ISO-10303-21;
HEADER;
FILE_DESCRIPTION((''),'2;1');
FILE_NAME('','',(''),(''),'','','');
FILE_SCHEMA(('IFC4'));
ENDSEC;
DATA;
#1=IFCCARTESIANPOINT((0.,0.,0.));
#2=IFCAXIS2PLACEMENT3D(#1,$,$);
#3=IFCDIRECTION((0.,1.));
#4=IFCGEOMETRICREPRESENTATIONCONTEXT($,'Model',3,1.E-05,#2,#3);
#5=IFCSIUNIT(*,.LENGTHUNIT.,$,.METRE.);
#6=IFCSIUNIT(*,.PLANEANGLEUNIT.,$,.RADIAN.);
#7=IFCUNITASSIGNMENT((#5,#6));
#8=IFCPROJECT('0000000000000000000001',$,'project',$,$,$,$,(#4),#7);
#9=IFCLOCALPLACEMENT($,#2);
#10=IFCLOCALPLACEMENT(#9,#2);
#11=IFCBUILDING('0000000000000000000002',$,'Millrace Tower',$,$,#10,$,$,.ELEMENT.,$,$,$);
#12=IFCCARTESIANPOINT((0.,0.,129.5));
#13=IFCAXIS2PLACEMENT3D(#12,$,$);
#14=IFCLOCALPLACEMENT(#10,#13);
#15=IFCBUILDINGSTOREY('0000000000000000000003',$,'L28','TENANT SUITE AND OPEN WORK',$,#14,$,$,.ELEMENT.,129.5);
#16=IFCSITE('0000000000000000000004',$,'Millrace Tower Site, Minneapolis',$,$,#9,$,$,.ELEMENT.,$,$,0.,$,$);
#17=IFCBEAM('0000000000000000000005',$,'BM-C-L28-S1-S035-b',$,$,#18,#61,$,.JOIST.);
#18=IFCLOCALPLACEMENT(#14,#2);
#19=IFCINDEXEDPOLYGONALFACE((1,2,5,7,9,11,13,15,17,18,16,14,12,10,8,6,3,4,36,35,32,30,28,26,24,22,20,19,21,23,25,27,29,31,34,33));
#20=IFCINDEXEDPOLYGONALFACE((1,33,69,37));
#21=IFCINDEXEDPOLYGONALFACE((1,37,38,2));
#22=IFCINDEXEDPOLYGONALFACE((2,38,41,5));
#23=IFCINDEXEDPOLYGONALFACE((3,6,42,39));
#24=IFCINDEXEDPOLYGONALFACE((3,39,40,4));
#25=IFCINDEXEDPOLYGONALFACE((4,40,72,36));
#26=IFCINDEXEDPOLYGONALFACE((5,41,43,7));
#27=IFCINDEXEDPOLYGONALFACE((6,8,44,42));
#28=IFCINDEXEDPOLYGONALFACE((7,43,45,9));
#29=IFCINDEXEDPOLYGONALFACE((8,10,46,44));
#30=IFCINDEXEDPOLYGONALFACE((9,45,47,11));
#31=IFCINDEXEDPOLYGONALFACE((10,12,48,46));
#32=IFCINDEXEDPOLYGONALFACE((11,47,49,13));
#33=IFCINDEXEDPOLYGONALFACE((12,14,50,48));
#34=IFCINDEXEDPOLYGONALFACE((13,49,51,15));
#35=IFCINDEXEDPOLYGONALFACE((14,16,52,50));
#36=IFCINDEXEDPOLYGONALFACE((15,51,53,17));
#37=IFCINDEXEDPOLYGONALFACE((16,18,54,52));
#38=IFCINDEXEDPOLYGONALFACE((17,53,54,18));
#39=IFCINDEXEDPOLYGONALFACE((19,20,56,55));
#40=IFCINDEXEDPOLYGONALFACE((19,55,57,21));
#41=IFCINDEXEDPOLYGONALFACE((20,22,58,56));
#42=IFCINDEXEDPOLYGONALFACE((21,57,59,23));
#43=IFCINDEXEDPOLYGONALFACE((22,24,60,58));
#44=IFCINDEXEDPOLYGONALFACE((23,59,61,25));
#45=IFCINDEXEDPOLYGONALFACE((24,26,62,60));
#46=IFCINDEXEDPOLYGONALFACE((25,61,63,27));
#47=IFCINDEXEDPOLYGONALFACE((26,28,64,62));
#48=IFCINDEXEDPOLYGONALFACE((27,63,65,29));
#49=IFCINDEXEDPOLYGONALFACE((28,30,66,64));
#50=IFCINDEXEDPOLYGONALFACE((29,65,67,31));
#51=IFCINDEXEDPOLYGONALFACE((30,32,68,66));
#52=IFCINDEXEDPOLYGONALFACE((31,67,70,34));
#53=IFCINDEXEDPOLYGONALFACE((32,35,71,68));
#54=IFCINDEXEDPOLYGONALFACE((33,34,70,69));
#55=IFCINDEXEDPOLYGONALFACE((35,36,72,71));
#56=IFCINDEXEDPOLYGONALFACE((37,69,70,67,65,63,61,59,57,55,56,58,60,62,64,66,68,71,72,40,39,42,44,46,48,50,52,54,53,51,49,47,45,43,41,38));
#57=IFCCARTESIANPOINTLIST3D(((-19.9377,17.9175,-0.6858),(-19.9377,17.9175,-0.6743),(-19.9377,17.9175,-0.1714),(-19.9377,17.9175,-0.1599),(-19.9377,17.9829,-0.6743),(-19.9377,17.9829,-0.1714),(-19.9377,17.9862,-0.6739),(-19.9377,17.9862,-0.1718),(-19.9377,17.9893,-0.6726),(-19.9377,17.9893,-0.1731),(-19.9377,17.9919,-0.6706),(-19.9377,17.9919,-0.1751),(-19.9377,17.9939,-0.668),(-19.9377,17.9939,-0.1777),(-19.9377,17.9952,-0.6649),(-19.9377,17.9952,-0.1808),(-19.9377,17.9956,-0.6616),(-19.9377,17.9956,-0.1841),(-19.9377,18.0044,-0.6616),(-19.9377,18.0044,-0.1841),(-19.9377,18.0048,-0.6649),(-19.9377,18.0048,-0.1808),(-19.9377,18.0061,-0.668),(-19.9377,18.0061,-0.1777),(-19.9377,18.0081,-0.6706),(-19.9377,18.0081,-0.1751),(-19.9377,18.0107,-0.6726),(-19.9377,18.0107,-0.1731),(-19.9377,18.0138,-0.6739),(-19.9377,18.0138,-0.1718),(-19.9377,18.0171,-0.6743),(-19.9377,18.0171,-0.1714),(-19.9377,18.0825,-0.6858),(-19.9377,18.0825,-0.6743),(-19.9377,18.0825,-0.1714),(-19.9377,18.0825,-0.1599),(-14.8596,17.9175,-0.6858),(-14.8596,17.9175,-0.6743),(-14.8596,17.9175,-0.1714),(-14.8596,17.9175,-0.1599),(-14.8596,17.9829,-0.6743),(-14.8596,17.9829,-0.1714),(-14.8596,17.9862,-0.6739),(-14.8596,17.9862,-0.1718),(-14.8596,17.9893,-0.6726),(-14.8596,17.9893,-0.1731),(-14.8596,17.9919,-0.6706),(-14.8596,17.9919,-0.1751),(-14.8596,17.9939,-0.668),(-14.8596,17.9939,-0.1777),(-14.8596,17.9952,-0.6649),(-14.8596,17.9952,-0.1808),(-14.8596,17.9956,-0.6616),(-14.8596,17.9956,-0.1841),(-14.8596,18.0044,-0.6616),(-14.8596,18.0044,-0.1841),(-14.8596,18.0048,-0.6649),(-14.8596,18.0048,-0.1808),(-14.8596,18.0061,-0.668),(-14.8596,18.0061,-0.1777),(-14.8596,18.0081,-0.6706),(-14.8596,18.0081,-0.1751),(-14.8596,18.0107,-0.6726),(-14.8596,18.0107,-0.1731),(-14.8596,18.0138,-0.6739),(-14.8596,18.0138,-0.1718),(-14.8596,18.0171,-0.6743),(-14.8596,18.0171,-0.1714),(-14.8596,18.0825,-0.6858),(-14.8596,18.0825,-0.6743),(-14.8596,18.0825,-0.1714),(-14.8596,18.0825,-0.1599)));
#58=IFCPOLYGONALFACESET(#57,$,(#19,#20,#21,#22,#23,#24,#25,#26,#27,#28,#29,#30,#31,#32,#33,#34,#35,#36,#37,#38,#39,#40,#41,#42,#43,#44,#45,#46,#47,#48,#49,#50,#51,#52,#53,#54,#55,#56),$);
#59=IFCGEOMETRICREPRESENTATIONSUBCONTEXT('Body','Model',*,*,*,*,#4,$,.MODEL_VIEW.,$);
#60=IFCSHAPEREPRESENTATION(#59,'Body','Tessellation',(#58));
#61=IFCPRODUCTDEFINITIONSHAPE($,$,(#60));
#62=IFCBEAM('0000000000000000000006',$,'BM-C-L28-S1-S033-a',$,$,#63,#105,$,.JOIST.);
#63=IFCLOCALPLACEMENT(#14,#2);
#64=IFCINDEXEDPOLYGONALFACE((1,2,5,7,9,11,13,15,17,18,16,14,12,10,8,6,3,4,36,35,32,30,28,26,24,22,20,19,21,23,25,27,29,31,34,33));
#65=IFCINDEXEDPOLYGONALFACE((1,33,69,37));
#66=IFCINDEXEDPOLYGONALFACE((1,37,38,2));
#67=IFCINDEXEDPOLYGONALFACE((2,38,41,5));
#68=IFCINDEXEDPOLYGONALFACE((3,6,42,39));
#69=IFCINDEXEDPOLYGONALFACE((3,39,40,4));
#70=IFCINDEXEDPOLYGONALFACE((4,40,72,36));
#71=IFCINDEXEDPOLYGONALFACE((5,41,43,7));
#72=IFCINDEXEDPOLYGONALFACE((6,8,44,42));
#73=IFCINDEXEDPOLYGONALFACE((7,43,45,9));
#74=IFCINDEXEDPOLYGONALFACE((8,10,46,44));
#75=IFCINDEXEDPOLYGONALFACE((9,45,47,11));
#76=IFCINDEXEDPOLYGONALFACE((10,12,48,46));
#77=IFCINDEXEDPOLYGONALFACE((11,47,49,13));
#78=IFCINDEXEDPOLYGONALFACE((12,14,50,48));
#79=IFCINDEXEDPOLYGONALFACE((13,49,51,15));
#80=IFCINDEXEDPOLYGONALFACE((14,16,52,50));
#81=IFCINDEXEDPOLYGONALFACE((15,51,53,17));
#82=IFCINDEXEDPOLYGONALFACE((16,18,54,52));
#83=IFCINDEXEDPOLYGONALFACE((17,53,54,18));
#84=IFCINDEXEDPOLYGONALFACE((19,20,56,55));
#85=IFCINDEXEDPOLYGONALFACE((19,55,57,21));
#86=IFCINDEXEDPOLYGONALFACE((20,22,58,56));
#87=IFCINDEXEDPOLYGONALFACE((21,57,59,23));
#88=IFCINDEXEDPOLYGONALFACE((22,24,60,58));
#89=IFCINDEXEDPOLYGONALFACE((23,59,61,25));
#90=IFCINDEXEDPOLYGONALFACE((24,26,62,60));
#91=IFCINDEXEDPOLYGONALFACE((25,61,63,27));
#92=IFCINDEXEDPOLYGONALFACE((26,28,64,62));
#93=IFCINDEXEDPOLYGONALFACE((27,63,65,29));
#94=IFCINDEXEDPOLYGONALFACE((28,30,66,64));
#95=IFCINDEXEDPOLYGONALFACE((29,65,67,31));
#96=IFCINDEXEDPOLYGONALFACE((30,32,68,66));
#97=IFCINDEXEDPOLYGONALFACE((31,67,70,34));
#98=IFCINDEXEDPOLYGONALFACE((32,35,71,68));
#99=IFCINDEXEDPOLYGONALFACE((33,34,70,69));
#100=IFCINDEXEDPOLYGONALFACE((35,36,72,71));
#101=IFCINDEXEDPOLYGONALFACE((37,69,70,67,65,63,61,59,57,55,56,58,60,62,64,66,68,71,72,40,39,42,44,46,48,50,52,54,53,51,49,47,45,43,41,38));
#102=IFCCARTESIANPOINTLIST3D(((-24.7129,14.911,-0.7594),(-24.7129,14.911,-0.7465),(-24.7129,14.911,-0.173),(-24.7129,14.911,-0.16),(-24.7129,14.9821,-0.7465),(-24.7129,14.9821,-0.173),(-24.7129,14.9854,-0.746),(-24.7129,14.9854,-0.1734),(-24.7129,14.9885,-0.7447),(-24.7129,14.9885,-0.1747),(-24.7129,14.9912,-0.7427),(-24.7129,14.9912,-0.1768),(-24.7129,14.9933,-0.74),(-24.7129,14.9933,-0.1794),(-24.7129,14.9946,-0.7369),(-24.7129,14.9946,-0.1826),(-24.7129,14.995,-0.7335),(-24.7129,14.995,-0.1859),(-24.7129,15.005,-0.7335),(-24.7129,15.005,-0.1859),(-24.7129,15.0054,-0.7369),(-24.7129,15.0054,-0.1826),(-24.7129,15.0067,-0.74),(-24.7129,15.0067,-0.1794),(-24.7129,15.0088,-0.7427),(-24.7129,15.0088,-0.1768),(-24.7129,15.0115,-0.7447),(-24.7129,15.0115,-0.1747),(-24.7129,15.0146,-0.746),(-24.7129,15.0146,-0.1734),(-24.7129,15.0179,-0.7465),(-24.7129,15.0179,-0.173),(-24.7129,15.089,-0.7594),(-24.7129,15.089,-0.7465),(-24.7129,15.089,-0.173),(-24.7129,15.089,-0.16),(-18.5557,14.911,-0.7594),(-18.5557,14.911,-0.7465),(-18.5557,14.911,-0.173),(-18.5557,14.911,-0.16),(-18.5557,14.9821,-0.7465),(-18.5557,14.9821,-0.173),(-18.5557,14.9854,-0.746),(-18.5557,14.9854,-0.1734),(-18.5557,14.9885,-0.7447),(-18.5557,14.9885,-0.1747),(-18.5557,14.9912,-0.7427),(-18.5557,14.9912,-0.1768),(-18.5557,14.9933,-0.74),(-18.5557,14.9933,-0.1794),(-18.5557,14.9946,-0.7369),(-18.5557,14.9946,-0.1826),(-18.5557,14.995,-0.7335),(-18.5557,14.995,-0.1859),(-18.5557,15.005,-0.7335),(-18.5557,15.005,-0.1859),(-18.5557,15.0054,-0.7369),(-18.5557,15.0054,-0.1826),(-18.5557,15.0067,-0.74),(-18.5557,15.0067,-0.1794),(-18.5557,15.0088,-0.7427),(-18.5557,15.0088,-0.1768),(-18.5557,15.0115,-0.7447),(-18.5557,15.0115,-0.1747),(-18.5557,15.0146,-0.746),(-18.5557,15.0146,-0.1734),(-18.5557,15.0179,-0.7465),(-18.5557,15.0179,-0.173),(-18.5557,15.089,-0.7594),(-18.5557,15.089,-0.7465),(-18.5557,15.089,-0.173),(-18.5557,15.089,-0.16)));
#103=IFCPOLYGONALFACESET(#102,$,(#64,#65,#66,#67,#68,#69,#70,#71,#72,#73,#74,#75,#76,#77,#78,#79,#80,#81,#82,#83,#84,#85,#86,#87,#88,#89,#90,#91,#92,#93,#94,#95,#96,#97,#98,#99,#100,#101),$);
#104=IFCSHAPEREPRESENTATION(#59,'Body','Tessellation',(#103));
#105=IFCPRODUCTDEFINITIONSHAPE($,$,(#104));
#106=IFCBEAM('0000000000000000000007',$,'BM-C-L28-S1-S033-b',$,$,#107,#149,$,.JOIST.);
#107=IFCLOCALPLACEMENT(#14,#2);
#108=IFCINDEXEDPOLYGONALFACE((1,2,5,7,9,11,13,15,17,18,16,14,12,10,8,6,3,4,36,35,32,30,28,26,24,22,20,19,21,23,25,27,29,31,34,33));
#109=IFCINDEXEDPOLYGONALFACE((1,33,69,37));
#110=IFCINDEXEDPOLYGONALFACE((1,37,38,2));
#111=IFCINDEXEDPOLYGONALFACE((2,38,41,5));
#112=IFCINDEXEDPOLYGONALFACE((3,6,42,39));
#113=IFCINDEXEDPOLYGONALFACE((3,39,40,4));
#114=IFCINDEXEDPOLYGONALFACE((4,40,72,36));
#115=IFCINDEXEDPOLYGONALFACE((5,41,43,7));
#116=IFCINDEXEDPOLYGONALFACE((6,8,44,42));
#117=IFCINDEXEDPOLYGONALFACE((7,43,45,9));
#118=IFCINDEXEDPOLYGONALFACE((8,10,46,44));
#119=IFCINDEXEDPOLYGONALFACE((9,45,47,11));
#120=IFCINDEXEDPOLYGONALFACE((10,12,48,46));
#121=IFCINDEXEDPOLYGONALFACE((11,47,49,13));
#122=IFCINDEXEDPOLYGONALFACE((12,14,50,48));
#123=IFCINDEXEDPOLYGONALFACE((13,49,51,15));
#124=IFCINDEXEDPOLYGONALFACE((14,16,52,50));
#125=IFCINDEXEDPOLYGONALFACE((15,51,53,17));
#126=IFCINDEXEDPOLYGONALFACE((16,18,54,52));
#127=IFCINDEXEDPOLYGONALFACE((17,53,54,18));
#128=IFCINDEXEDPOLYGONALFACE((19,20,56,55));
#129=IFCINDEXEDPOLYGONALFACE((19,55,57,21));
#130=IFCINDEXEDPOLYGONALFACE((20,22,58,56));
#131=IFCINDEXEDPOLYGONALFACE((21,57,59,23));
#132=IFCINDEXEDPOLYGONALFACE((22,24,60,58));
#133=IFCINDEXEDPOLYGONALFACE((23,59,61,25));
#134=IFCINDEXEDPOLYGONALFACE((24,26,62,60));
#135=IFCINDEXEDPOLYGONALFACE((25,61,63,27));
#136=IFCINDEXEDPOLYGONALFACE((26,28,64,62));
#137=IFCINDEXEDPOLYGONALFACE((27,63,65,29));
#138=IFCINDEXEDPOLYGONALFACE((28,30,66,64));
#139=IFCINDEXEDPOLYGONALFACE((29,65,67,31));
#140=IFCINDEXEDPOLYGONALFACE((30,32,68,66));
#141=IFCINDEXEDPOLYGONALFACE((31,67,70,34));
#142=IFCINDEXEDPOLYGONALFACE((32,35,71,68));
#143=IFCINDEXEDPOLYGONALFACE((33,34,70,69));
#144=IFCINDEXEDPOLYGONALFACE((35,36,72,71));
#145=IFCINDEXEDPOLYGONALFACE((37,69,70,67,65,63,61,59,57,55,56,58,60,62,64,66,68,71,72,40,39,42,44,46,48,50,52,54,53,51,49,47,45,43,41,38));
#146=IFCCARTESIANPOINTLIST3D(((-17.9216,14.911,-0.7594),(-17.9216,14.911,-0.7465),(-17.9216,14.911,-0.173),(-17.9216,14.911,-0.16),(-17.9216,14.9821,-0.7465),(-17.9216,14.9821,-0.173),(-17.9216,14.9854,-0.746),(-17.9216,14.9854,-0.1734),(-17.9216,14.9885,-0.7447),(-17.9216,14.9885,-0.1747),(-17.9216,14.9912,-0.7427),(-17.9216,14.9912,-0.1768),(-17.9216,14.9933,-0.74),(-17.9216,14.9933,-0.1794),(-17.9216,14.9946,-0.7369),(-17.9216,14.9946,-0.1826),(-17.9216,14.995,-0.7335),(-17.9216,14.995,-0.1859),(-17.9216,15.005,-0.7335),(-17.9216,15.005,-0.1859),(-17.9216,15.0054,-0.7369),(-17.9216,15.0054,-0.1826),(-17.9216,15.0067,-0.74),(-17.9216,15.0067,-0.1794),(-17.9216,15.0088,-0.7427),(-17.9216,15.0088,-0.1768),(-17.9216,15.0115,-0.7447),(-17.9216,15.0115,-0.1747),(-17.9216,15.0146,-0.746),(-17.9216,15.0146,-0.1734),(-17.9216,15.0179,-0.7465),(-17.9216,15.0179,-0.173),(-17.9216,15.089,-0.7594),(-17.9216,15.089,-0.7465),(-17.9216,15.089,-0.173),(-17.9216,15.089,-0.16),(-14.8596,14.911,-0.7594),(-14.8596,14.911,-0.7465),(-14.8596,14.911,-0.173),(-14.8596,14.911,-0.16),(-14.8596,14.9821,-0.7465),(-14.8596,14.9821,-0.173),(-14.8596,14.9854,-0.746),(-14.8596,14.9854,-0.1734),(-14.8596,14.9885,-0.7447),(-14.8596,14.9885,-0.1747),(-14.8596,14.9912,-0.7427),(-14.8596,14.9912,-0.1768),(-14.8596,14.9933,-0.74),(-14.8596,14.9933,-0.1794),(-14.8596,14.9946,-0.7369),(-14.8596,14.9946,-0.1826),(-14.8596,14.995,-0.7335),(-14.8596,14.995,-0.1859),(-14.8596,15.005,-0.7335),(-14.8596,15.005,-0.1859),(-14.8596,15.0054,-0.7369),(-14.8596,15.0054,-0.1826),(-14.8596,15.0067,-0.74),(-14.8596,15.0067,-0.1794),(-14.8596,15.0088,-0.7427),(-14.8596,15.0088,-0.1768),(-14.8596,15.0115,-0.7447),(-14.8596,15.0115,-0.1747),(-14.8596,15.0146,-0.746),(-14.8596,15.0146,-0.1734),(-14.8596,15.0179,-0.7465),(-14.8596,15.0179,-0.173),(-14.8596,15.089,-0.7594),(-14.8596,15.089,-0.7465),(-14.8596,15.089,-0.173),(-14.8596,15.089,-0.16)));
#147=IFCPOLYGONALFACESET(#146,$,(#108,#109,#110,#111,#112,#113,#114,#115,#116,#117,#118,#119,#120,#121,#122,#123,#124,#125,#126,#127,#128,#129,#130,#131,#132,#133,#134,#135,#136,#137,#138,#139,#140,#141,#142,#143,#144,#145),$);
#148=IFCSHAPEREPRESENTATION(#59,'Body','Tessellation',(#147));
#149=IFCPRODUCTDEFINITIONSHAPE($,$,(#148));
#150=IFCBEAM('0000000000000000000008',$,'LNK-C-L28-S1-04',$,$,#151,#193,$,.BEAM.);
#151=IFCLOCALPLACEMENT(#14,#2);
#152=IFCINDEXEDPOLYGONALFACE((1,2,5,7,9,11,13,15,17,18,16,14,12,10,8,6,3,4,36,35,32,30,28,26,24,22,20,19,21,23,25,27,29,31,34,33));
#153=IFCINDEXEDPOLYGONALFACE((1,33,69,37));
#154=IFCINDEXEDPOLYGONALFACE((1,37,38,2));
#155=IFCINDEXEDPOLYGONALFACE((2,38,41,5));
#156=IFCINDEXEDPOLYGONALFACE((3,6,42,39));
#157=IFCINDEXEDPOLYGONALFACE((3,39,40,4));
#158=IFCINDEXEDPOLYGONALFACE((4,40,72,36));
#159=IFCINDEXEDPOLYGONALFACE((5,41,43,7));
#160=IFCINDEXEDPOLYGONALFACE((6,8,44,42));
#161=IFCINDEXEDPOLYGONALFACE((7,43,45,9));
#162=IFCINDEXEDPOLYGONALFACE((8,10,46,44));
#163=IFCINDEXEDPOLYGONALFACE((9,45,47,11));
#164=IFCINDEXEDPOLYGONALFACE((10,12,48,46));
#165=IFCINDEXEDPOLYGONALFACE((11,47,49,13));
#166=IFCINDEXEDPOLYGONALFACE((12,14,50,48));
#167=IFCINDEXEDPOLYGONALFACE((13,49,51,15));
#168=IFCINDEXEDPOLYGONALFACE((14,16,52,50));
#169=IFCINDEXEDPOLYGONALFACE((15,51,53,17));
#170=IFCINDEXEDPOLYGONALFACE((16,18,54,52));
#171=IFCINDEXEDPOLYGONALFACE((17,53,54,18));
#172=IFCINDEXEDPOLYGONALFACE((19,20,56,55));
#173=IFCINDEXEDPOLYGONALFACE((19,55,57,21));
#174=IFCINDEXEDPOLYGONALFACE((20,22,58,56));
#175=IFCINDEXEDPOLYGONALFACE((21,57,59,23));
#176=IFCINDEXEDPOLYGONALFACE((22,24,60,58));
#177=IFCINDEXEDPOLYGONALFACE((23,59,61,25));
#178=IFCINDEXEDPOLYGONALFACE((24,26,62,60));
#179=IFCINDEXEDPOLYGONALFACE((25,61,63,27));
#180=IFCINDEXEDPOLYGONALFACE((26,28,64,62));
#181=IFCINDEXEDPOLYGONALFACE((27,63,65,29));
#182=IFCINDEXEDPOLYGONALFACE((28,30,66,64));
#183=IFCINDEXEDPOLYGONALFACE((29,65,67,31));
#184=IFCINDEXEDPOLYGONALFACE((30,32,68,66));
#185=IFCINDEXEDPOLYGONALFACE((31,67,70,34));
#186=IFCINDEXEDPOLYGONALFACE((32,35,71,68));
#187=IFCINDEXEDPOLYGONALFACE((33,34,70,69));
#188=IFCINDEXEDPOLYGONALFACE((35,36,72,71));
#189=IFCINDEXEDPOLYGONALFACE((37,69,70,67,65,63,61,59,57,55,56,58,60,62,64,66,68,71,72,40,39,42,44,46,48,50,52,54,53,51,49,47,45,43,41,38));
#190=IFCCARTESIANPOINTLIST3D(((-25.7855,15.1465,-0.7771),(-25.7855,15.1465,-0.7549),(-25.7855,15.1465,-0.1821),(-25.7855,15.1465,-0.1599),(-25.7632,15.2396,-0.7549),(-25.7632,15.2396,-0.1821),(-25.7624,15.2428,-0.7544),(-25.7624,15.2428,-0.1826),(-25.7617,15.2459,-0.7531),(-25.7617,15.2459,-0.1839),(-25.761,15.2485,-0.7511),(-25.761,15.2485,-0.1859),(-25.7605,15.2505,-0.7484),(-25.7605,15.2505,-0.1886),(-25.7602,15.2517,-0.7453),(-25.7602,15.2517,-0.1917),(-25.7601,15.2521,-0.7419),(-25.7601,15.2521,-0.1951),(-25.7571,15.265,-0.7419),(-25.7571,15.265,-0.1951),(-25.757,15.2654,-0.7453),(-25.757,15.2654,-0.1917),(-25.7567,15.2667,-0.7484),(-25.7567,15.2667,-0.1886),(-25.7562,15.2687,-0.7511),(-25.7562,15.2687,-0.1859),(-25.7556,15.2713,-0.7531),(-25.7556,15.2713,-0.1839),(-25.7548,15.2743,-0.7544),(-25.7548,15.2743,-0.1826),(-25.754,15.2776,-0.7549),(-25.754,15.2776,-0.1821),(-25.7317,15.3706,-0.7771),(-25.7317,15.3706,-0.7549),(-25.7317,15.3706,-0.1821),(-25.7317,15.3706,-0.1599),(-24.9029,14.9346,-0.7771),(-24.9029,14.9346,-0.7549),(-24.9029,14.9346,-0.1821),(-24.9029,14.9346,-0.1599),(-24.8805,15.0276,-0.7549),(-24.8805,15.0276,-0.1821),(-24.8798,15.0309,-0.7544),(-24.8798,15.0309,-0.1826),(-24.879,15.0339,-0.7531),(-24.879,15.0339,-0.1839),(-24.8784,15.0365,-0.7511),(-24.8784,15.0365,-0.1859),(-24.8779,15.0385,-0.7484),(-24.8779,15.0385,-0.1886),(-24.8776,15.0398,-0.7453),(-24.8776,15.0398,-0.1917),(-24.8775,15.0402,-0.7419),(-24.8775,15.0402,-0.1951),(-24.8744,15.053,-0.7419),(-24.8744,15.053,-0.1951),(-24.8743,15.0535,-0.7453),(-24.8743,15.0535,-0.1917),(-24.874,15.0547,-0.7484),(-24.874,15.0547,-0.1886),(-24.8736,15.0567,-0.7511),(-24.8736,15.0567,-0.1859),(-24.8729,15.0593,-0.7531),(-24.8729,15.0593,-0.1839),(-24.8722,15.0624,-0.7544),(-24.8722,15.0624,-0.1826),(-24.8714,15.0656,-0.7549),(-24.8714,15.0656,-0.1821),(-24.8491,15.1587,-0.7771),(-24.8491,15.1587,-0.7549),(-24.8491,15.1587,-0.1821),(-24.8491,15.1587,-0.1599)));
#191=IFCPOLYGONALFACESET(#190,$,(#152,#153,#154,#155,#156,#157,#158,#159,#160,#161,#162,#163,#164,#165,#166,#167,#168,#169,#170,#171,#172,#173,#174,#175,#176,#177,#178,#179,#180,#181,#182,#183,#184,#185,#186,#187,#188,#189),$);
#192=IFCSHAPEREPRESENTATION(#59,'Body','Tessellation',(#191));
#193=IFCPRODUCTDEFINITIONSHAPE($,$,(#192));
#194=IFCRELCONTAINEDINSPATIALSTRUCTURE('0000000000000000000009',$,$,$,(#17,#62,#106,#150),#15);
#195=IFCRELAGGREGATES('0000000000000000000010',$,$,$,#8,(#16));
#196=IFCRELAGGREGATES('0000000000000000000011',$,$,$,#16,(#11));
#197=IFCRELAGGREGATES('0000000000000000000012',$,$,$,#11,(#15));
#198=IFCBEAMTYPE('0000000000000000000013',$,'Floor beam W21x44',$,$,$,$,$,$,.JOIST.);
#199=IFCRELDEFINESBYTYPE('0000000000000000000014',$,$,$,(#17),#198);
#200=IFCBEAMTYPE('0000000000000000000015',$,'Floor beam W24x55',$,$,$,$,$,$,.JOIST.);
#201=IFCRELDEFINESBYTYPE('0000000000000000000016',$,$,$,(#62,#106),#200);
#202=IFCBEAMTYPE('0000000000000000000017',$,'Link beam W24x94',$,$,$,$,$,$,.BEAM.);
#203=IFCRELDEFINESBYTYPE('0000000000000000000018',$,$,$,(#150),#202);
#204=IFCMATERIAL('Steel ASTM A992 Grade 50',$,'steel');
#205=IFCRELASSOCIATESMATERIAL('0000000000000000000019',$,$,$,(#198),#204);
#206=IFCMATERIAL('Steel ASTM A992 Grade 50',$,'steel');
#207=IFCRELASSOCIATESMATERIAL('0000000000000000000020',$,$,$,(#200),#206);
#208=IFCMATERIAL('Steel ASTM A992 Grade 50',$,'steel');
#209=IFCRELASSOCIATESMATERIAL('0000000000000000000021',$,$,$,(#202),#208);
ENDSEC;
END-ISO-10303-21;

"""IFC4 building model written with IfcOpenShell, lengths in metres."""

from ifc_helpers import new_model, si_unit, direction, frame, origin, origin_2d, place, context, subcontext, project, spatial, i_section, extrude, material, material_profile, profile_set, type_object, element, save


model = new_model("IFC4")

# Units and contexts
model_context = context("Model", 3, precision=1e-05, world=origin(), true_north=direction((0.0, 1.0)))
body_context = subcontext(model_context, "Body", "Model", "MODEL_VIEW")
ifc_project = project(units=[si_unit("LENGTHUNIT", "METRE"), si_unit("PLANEANGLEUNIT", "RADIAN")], contexts=[model_context])

# Site, building, storey
site_placement = place(None, origin())
site = spatial("IfcSite", under=ifc_project, at=site_placement, Name="Millrace Tower Site, Minneapolis", CompositionType="ELEMENT", RefElevation=0.0)
building_placement = place(site_placement, origin())
building = spatial("IfcBuilding", under=site, at=building_placement, Name="Millrace Tower", CompositionType="ELEMENT")
storey_placement = place(building_placement, frame((0.0, 0.0, 129.5)))
storey = spatial("IfcBuildingStorey", under=building, at=storey_placement, Name="L28", Description="TENANT SUITE AND OPEN WORK", CompositionType="ELEMENT", Elevation=129.5)

# Beams
ifc_material_1 = material(Name="Steel ASTM A992 Grade 50", Category="steel")
ifc_material_profile_1 = material_profile(ifc_material_1, i_section(OverallWidth=0.165, OverallDepth=0.5259, WebThickness=0.0088, FlangeThickness=0.0115, FilletRadius=0.0127, at=origin_2d()))
ifc_profile_set_1 = profile_set([ifc_material_profile_1], Name="Steel ASTM A992 Grade 50")
beam_type_1 = type_object("IfcBeamType", Name="Floor beam W21x44", PredefinedType="JOIST", material=ifc_profile_set_1)
beam_1_placement = place(storey_placement, frame((-19.9377, 18.0, -0.4229), z_axis=(1.0, 0.0, 0.0), x_axis=(0.0, 1.0, 0.0)))
element("IfcBeam", 1, at=beam_1_placement, inside=storey, type_object=beam_type_1, Name="BM-C-L28-S1-S035-b", PredefinedType="JOIST", context=body_context, shape_type="SweptSolid", body=[
    extrude(i_section(OverallWidth=0.165, OverallDepth=0.5259, WebThickness=0.0088, FlangeThickness=0.0115, FilletRadius=0.0127, at=origin_2d()), origin(), (0.0, 0.0, 1.0), 5.0781),
])
ifc_material_2 = material(Name="Steel ASTM A992 Grade 50", Category="steel")
ifc_material_profile_2 = material_profile(ifc_material_2, i_section(OverallWidth=0.178, OverallDepth=0.5994, WebThickness=0.01, FlangeThickness=0.0129, FilletRadius=0.0129, at=origin_2d()))
ifc_profile_set_2 = profile_set([ifc_material_profile_2], Name="Steel ASTM A992 Grade 50")
beam_type_2 = type_object("IfcBeamType", Name="Floor beam W24x55", PredefinedType="JOIST", material=ifc_profile_set_2)
beam_2_placement = place(storey_placement, frame((-24.7129, 15.0, -0.4597), z_axis=(1.0, 0.0, 0.0), x_axis=(0.0, 1.0, 0.0)))
element("IfcBeam", 2, at=beam_2_placement, inside=storey, type_object=beam_type_2, Name="BM-C-L28-S1-S033-a", PredefinedType="JOIST", context=body_context, shape_type="SweptSolid", body=[
    extrude(i_section(OverallWidth=0.178, OverallDepth=0.5994, WebThickness=0.01, FlangeThickness=0.0129, FilletRadius=0.0129, at=origin_2d()), origin(), (0.0, 0.0, 1.0), 6.1572),
])
beam_3_placement = place(storey_placement, frame((-17.9216, 15.0, -0.4597), z_axis=(1.0, 0.0, 0.0), x_axis=(0.0, 1.0, 0.0)))
element("IfcBeam", 3, at=beam_3_placement, inside=storey, type_object=beam_type_2, Name="BM-C-L28-S1-S033-b", PredefinedType="JOIST", context=body_context, shape_type="SweptSolid", body=[
    extrude(i_section(OverallWidth=0.178, OverallDepth=0.5994, WebThickness=0.01, FlangeThickness=0.0129, FilletRadius=0.0129, at=origin_2d()), origin(), (0.0, 0.0, 1.0), 3.062),
])
ifc_material_3 = material(Name="Steel ASTM A992 Grade 50", Category="steel")
ifc_material_profile_3 = material_profile(ifc_material_3, i_section(OverallWidth=0.2305, OverallDepth=0.6172, WebThickness=0.0132, FlangeThickness=0.0222, FilletRadius=0.0129, at=origin_2d()))
ifc_profile_set_3 = profile_set([ifc_material_profile_3], Name="Steel ASTM A992 Grade 50")
beam_type_3 = type_object("IfcBeamType", Name="Link beam W24x94", PredefinedType="BEAM", material=ifc_profile_set_3)
beam_4_placement = place(storey_placement, frame((-24.876, 15.0466, -0.4685), z_axis=(-0.972363, 0.233475, 0.0), x_axis=(-0.233475, -0.972363, 0.0)))
element("IfcBeam", 4, at=beam_4_placement, inside=storey, type_object=beam_type_3, Name="LNK-C-L28-S1-04", PredefinedType="BEAM", context=body_context, shape_type="SweptSolid", body=[
    extrude(i_section(OverallWidth=0.2305, OverallDepth=0.6172, WebThickness=0.0132, FlangeThickness=0.0222, FilletRadius=0.0129, at=origin_2d()), origin(), (0.0, 0.0, 1.0), 0.9077),
])

save(model, "model.ifc")
